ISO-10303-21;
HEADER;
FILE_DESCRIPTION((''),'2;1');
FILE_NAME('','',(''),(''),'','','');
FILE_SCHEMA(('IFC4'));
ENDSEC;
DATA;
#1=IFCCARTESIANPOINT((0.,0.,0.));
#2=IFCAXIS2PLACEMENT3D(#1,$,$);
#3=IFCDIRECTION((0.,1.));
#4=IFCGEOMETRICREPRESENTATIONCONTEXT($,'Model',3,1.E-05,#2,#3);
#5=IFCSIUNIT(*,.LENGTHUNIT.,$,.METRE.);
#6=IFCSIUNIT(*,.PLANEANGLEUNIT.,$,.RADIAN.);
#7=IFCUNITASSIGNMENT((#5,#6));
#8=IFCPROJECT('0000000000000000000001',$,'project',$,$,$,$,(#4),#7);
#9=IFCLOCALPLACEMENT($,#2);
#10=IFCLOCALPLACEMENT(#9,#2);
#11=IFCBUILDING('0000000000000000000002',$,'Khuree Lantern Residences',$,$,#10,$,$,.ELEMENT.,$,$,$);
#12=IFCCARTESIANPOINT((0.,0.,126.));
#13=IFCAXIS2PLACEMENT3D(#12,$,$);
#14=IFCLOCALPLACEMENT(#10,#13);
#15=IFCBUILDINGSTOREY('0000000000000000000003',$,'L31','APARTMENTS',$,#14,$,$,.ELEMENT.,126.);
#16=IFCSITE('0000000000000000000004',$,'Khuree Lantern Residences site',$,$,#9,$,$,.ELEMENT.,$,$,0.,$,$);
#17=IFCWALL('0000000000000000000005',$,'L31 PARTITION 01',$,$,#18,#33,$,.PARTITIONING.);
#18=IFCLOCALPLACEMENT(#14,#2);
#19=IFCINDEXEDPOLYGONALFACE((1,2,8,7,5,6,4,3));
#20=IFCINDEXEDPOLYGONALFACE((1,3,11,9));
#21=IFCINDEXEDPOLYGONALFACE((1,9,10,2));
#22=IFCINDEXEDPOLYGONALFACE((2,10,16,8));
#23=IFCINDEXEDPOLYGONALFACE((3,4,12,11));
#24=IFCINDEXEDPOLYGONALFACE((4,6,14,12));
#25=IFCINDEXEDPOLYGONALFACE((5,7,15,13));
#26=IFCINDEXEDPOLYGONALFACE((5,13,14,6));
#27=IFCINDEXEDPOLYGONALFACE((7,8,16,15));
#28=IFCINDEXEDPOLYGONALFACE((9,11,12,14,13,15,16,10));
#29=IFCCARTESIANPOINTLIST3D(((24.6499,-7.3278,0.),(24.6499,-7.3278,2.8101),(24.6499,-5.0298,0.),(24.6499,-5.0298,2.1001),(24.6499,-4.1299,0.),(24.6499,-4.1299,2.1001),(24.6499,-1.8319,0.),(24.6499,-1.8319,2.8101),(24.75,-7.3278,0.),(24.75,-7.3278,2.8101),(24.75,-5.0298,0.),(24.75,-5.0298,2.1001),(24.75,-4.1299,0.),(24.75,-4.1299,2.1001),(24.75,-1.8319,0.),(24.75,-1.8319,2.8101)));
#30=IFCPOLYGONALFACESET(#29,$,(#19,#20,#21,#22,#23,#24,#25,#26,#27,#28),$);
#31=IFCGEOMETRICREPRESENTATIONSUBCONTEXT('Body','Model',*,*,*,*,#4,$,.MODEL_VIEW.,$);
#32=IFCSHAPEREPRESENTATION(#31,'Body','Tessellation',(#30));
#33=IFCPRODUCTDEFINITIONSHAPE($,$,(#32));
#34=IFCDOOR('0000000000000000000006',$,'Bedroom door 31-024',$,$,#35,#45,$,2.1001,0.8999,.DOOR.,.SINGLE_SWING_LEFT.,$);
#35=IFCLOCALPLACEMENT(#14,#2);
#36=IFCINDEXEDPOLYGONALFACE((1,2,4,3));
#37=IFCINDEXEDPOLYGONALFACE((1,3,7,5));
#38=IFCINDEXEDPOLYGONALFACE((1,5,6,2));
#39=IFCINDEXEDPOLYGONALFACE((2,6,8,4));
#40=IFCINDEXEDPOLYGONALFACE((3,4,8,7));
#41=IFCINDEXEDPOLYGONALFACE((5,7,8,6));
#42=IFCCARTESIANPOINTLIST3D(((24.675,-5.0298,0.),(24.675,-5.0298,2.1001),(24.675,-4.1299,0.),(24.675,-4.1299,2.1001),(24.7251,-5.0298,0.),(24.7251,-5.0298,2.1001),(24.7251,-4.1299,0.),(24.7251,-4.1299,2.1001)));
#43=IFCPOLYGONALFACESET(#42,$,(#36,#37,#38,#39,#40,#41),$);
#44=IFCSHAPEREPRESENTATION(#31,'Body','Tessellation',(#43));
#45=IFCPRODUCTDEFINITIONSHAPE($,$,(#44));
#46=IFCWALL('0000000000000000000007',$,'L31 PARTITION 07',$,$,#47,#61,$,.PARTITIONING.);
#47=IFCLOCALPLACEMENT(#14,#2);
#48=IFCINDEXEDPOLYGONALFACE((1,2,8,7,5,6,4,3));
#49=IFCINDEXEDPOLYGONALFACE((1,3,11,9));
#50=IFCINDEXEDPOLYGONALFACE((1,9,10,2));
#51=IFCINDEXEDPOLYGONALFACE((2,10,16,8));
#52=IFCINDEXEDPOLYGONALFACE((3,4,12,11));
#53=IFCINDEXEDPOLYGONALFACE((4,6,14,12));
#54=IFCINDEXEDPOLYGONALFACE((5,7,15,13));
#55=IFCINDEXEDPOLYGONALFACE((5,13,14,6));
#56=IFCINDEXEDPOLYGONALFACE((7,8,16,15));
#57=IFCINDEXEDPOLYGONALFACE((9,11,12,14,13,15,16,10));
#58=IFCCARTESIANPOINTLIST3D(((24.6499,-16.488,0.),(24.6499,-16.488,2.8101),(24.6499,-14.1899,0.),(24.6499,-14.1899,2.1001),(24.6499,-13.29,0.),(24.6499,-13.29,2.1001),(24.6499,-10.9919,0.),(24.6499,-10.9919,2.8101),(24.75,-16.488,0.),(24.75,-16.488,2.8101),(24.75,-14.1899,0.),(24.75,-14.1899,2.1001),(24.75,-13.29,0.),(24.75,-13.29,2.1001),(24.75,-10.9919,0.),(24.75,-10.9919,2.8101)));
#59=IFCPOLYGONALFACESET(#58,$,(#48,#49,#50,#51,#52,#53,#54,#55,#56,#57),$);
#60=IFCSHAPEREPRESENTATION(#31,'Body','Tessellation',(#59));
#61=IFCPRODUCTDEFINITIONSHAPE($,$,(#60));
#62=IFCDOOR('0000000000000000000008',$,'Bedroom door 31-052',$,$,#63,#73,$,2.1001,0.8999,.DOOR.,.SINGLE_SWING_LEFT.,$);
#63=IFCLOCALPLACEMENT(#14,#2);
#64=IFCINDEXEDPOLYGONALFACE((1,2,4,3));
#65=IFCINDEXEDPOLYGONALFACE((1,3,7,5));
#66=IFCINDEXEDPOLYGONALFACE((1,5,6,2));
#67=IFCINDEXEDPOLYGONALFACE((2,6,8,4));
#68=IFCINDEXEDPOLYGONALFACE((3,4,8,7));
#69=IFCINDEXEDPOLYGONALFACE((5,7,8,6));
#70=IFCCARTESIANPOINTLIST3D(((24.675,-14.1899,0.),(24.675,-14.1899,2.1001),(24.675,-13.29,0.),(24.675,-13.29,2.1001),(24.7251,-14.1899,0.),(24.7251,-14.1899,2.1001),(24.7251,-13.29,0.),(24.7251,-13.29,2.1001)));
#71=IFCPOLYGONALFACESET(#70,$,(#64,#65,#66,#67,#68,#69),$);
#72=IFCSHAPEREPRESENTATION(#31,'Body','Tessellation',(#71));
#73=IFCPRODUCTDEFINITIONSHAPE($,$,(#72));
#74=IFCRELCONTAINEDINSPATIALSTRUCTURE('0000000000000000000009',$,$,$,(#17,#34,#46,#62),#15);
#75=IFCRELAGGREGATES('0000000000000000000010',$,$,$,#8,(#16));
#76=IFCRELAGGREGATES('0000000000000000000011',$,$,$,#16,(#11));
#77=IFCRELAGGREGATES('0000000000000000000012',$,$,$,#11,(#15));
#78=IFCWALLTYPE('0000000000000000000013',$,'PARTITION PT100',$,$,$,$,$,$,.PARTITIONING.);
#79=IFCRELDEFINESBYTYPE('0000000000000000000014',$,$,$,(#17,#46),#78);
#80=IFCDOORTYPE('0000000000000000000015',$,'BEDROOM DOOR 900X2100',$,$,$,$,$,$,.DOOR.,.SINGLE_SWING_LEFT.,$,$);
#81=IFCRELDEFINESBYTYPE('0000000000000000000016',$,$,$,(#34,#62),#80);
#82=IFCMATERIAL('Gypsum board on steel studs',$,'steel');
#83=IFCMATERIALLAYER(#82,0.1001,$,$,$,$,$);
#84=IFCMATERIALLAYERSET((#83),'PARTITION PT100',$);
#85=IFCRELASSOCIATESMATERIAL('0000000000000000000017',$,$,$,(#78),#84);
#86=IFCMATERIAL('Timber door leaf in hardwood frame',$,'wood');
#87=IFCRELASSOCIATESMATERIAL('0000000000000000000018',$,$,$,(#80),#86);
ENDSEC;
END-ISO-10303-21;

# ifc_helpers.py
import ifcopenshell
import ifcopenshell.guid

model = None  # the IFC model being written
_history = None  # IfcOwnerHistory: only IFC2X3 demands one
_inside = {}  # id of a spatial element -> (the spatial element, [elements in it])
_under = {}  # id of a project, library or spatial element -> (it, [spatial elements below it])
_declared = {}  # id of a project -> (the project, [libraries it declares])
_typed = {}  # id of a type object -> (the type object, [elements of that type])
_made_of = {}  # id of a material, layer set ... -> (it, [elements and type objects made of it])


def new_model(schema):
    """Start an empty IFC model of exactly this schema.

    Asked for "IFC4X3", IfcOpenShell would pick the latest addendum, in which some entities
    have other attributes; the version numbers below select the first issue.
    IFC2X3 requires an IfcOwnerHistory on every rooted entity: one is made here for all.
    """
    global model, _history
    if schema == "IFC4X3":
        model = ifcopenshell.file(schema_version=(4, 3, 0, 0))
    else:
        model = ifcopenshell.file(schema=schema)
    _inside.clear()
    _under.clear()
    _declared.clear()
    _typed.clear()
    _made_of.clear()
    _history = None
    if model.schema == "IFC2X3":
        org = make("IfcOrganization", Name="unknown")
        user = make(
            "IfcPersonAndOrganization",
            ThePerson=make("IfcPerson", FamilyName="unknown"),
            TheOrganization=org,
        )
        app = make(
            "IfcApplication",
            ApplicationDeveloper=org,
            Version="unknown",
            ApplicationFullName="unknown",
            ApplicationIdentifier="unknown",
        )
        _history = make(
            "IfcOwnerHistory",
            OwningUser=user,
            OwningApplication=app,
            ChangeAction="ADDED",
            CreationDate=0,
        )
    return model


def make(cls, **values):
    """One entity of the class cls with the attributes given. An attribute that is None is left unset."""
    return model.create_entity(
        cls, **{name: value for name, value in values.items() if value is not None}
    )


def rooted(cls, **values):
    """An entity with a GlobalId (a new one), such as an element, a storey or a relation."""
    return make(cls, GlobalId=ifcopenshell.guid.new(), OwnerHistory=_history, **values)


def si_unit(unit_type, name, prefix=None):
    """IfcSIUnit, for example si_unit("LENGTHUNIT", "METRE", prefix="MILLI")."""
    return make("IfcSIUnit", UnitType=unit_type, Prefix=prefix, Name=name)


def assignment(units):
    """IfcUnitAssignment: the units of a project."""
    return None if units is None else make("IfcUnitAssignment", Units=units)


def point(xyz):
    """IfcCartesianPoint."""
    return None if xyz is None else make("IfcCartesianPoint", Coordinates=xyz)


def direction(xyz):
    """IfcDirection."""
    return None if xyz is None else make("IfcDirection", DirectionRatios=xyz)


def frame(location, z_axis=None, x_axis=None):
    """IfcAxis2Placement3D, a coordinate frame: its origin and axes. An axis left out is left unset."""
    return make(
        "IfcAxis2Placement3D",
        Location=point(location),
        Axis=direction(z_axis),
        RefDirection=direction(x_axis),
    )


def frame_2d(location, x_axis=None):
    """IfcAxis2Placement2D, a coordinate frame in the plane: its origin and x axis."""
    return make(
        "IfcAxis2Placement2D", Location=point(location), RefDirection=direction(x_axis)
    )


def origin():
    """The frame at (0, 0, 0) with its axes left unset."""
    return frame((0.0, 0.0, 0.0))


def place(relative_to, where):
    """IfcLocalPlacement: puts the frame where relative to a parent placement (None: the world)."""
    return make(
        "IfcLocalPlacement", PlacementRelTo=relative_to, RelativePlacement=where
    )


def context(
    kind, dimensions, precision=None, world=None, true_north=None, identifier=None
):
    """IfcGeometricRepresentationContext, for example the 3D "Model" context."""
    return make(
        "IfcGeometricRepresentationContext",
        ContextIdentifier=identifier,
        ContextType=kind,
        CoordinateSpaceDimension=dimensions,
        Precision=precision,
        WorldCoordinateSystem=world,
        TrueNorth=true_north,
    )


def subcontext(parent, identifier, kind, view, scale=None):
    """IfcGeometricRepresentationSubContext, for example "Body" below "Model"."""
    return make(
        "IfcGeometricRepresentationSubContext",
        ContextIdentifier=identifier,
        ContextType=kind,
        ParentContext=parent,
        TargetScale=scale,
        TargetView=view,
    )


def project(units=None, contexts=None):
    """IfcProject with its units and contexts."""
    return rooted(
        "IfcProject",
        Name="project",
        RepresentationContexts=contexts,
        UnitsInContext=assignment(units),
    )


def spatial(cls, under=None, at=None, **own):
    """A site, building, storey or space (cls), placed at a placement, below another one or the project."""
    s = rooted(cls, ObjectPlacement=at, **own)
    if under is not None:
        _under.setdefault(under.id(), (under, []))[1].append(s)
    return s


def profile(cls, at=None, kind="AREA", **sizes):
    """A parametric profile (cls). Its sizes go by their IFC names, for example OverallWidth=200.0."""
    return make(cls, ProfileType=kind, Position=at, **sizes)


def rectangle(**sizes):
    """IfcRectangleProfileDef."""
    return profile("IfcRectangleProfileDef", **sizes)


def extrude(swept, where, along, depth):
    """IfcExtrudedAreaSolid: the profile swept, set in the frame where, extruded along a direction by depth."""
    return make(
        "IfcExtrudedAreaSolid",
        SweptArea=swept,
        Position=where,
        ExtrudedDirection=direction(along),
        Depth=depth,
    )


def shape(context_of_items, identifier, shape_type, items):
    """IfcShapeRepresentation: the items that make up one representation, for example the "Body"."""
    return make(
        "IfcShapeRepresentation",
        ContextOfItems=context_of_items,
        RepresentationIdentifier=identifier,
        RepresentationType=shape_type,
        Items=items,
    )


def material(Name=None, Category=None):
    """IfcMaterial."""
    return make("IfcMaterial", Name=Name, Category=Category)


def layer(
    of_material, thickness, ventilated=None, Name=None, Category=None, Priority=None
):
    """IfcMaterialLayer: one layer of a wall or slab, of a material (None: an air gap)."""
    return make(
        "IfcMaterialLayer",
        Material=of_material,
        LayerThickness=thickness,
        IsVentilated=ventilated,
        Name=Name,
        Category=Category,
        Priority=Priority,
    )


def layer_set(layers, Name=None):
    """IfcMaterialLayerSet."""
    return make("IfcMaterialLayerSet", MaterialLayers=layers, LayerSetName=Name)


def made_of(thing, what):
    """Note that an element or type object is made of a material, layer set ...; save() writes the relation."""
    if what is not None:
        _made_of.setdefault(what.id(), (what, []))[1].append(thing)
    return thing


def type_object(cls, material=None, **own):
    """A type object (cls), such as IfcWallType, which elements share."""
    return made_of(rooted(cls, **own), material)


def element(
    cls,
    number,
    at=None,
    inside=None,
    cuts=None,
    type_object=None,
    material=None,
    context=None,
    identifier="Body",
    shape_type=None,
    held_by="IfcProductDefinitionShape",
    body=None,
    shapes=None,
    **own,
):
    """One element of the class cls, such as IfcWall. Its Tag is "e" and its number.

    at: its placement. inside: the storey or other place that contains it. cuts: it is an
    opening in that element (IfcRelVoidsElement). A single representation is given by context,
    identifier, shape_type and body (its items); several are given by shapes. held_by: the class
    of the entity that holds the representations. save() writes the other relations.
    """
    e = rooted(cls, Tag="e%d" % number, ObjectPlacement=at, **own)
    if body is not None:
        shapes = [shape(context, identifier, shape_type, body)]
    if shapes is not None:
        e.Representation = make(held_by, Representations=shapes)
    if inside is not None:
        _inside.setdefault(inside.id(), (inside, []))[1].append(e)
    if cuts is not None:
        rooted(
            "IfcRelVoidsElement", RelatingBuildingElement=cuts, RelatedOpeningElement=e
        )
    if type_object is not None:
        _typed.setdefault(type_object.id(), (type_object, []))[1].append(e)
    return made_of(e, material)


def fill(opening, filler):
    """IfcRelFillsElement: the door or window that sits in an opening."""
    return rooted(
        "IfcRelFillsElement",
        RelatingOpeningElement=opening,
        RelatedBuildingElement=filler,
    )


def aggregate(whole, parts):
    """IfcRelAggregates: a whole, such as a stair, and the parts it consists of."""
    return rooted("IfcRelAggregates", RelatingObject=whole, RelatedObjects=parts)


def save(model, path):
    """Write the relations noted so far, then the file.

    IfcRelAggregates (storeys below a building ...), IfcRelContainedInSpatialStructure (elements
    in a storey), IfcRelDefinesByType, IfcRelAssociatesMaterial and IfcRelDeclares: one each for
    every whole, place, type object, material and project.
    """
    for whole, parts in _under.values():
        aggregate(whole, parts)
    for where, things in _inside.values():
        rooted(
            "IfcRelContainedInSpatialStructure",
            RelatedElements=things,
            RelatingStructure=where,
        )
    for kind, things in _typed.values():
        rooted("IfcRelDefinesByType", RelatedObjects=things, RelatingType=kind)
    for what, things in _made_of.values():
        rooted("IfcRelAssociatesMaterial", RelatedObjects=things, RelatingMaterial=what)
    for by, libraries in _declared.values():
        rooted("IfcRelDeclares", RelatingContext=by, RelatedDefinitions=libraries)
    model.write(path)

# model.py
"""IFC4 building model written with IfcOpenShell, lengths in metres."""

from ifc_helpers import new_model, si_unit, direction, frame, frame_2d, origin, place, context, subcontext, project, spatial, rectangle, extrude, material, layer, layer_set, type_object, element, fill, save


model = new_model("IFC4")

# Units and contexts
model_context = context("Model", 3, precision=1e-05, world=origin(), true_north=direction((0.0, 1.0)))
body_context = subcontext(model_context, "Body", "Model", "MODEL_VIEW")
ifc_project = project(units=[si_unit("LENGTHUNIT", "METRE"), si_unit("PLANEANGLEUNIT", "RADIAN")], contexts=[model_context])

# Site, building, storey
site_placement = place(None, origin())
site = spatial("IfcSite", under=ifc_project, at=site_placement, Name="Khuree Lantern Residences site", CompositionType="ELEMENT", RefElevation=0.0)
building_placement = place(site_placement, origin())
building = spatial("IfcBuilding", under=site, at=building_placement, Name="Khuree Lantern Residences", CompositionType="ELEMENT")
storey_placement = place(building_placement, frame((0.0, 0.0, 126.0)))
storey = spatial("IfcBuildingStorey", under=building, at=storey_placement, Name="L31", Description="APARTMENTS", CompositionType="ELEMENT", Elevation=126.0)

# Shared definitions
ifc_material_1 = material(Name="Timber door leaf in hardwood frame", Category="wood")

# Shared definitions
ifc_material_2 = material(Name="Gypsum board on steel studs", Category="steel")

# Shared definitions
ifc_layer_1 = layer(ifc_material_2, 0.1001)
ifc_layer_set_1 = layer_set([ifc_layer_1], Name="PARTITION PT100")
wall_type_1 = type_object("IfcWallType", Name="PARTITION PT100", PredefinedType="PARTITIONING", material=ifc_layer_set_1)

# Walls, openings, doors
wall_1_placement = place(storey_placement, frame((24.7, -7.3279, 0.0), z_axis=(0.0, 0.0, 1.0), x_axis=(0.0, 1.0, 0.0)))
wall_1 = element("IfcWall", 1, at=wall_1_placement, inside=storey, type_object=wall_type_1, Name="L31 PARTITION 01", PredefinedType="PARTITIONING", context=body_context, shape_type="SweptSolid", body=[
    extrude(rectangle(XDim=5.4958, YDim=0.1001, at=frame_2d((2.748, 0.0))), origin(), (0.0, 0.0, 1.0), 2.8101),
])
opening_1_placement = place(wall_1_placement, frame((2.2981, 0.0, 0.0)))
opening_1 = element("IfcOpeningElement", 2, at=opening_1_placement, cuts=wall_1, PredefinedType="OPENING", context=body_context, shape_type="SweptSolid", body=[
    extrude(rectangle(XDim=0.8999, YDim=2.1001, at=frame_2d((0.45, 1.05))), frame((0.0, 0.0601, 0.0), z_axis=(0.0, -1.0, 0.0), x_axis=(1.0, 0.0, 0.0)), (0.0, 0.0, 1.0), 0.1201),
])
door_type_1 = type_object("IfcDoorType", Name="BEDROOM DOOR 900X2100", OperationType="SINGLE_SWING_LEFT", PredefinedType="DOOR", material=ifc_material_1)
door_1_placement = place(opening_1_placement, origin())
door_1 = element("IfcDoor", 3, at=door_1_placement, inside=storey, type_object=door_type_1, Name="Bedroom door 31-024", OperationType="SINGLE_SWING_LEFT", OverallHeight=2.1001, OverallWidth=0.8999, PredefinedType="DOOR", context=body_context, shape_type="SweptSolid", body=[
    extrude(rectangle(XDim=0.8999, YDim=2.1001, at=frame_2d((0.45, 1.05))), frame((0.0, 0.0249, 0.0), z_axis=(0.0, -1.0, 0.0), x_axis=(1.0, 0.0, 0.0)), (0.0, 0.0, 1.0), 0.05),
])
fill(opening_1, door_1)
wall_2_placement = place(storey_placement, frame((24.7, -16.488, 0.0), z_axis=(0.0, 0.0, 1.0), x_axis=(0.0, 1.0, 0.0)))
wall_2 = element("IfcWall", 4, at=wall_2_placement, inside=storey, type_object=wall_type_1, Name="L31 PARTITION 07", PredefinedType="PARTITIONING", context=body_context, shape_type="SweptSolid", body=[
    extrude(rectangle(XDim=5.4961, YDim=0.1001, at=frame_2d((2.748, 0.0))), origin(), (0.0, 0.0, 1.0), 2.8101),
])
opening_2_placement = place(wall_2_placement, frame((2.2981, 0.0, 0.0)))
opening_2 = element("IfcOpeningElement", 5, at=opening_2_placement, cuts=wall_2, PredefinedType="OPENING", context=body_context, shape_type="SweptSolid", body=[
    extrude(rectangle(XDim=0.8999, YDim=2.1001, at=frame_2d((0.45, 1.05))), frame((0.0, 0.0601, 0.0), z_axis=(0.0, -1.0, 0.0), x_axis=(1.0, 0.0, 0.0)), (0.0, 0.0, 1.0), 0.1201),
])
door_2_placement = place(opening_2_placement, origin())
door_2 = element("IfcDoor", 6, at=door_2_placement, inside=storey, type_object=door_type_1, Name="Bedroom door 31-052", OperationType="SINGLE_SWING_LEFT", OverallHeight=2.1001, OverallWidth=0.8999, PredefinedType="DOOR", context=body_context, shape_type="SweptSolid", body=[
    extrude(rectangle(XDim=0.8999, YDim=2.1001, at=frame_2d((0.45, 1.05))), frame((0.0, 0.0249, 0.0), z_axis=(0.0, -1.0, 0.0), x_axis=(1.0, 0.0, 0.0)), (0.0, 0.0, 1.0), 0.05),
])
fill(opening_2, door_2)

save(model, "model.ifc")
